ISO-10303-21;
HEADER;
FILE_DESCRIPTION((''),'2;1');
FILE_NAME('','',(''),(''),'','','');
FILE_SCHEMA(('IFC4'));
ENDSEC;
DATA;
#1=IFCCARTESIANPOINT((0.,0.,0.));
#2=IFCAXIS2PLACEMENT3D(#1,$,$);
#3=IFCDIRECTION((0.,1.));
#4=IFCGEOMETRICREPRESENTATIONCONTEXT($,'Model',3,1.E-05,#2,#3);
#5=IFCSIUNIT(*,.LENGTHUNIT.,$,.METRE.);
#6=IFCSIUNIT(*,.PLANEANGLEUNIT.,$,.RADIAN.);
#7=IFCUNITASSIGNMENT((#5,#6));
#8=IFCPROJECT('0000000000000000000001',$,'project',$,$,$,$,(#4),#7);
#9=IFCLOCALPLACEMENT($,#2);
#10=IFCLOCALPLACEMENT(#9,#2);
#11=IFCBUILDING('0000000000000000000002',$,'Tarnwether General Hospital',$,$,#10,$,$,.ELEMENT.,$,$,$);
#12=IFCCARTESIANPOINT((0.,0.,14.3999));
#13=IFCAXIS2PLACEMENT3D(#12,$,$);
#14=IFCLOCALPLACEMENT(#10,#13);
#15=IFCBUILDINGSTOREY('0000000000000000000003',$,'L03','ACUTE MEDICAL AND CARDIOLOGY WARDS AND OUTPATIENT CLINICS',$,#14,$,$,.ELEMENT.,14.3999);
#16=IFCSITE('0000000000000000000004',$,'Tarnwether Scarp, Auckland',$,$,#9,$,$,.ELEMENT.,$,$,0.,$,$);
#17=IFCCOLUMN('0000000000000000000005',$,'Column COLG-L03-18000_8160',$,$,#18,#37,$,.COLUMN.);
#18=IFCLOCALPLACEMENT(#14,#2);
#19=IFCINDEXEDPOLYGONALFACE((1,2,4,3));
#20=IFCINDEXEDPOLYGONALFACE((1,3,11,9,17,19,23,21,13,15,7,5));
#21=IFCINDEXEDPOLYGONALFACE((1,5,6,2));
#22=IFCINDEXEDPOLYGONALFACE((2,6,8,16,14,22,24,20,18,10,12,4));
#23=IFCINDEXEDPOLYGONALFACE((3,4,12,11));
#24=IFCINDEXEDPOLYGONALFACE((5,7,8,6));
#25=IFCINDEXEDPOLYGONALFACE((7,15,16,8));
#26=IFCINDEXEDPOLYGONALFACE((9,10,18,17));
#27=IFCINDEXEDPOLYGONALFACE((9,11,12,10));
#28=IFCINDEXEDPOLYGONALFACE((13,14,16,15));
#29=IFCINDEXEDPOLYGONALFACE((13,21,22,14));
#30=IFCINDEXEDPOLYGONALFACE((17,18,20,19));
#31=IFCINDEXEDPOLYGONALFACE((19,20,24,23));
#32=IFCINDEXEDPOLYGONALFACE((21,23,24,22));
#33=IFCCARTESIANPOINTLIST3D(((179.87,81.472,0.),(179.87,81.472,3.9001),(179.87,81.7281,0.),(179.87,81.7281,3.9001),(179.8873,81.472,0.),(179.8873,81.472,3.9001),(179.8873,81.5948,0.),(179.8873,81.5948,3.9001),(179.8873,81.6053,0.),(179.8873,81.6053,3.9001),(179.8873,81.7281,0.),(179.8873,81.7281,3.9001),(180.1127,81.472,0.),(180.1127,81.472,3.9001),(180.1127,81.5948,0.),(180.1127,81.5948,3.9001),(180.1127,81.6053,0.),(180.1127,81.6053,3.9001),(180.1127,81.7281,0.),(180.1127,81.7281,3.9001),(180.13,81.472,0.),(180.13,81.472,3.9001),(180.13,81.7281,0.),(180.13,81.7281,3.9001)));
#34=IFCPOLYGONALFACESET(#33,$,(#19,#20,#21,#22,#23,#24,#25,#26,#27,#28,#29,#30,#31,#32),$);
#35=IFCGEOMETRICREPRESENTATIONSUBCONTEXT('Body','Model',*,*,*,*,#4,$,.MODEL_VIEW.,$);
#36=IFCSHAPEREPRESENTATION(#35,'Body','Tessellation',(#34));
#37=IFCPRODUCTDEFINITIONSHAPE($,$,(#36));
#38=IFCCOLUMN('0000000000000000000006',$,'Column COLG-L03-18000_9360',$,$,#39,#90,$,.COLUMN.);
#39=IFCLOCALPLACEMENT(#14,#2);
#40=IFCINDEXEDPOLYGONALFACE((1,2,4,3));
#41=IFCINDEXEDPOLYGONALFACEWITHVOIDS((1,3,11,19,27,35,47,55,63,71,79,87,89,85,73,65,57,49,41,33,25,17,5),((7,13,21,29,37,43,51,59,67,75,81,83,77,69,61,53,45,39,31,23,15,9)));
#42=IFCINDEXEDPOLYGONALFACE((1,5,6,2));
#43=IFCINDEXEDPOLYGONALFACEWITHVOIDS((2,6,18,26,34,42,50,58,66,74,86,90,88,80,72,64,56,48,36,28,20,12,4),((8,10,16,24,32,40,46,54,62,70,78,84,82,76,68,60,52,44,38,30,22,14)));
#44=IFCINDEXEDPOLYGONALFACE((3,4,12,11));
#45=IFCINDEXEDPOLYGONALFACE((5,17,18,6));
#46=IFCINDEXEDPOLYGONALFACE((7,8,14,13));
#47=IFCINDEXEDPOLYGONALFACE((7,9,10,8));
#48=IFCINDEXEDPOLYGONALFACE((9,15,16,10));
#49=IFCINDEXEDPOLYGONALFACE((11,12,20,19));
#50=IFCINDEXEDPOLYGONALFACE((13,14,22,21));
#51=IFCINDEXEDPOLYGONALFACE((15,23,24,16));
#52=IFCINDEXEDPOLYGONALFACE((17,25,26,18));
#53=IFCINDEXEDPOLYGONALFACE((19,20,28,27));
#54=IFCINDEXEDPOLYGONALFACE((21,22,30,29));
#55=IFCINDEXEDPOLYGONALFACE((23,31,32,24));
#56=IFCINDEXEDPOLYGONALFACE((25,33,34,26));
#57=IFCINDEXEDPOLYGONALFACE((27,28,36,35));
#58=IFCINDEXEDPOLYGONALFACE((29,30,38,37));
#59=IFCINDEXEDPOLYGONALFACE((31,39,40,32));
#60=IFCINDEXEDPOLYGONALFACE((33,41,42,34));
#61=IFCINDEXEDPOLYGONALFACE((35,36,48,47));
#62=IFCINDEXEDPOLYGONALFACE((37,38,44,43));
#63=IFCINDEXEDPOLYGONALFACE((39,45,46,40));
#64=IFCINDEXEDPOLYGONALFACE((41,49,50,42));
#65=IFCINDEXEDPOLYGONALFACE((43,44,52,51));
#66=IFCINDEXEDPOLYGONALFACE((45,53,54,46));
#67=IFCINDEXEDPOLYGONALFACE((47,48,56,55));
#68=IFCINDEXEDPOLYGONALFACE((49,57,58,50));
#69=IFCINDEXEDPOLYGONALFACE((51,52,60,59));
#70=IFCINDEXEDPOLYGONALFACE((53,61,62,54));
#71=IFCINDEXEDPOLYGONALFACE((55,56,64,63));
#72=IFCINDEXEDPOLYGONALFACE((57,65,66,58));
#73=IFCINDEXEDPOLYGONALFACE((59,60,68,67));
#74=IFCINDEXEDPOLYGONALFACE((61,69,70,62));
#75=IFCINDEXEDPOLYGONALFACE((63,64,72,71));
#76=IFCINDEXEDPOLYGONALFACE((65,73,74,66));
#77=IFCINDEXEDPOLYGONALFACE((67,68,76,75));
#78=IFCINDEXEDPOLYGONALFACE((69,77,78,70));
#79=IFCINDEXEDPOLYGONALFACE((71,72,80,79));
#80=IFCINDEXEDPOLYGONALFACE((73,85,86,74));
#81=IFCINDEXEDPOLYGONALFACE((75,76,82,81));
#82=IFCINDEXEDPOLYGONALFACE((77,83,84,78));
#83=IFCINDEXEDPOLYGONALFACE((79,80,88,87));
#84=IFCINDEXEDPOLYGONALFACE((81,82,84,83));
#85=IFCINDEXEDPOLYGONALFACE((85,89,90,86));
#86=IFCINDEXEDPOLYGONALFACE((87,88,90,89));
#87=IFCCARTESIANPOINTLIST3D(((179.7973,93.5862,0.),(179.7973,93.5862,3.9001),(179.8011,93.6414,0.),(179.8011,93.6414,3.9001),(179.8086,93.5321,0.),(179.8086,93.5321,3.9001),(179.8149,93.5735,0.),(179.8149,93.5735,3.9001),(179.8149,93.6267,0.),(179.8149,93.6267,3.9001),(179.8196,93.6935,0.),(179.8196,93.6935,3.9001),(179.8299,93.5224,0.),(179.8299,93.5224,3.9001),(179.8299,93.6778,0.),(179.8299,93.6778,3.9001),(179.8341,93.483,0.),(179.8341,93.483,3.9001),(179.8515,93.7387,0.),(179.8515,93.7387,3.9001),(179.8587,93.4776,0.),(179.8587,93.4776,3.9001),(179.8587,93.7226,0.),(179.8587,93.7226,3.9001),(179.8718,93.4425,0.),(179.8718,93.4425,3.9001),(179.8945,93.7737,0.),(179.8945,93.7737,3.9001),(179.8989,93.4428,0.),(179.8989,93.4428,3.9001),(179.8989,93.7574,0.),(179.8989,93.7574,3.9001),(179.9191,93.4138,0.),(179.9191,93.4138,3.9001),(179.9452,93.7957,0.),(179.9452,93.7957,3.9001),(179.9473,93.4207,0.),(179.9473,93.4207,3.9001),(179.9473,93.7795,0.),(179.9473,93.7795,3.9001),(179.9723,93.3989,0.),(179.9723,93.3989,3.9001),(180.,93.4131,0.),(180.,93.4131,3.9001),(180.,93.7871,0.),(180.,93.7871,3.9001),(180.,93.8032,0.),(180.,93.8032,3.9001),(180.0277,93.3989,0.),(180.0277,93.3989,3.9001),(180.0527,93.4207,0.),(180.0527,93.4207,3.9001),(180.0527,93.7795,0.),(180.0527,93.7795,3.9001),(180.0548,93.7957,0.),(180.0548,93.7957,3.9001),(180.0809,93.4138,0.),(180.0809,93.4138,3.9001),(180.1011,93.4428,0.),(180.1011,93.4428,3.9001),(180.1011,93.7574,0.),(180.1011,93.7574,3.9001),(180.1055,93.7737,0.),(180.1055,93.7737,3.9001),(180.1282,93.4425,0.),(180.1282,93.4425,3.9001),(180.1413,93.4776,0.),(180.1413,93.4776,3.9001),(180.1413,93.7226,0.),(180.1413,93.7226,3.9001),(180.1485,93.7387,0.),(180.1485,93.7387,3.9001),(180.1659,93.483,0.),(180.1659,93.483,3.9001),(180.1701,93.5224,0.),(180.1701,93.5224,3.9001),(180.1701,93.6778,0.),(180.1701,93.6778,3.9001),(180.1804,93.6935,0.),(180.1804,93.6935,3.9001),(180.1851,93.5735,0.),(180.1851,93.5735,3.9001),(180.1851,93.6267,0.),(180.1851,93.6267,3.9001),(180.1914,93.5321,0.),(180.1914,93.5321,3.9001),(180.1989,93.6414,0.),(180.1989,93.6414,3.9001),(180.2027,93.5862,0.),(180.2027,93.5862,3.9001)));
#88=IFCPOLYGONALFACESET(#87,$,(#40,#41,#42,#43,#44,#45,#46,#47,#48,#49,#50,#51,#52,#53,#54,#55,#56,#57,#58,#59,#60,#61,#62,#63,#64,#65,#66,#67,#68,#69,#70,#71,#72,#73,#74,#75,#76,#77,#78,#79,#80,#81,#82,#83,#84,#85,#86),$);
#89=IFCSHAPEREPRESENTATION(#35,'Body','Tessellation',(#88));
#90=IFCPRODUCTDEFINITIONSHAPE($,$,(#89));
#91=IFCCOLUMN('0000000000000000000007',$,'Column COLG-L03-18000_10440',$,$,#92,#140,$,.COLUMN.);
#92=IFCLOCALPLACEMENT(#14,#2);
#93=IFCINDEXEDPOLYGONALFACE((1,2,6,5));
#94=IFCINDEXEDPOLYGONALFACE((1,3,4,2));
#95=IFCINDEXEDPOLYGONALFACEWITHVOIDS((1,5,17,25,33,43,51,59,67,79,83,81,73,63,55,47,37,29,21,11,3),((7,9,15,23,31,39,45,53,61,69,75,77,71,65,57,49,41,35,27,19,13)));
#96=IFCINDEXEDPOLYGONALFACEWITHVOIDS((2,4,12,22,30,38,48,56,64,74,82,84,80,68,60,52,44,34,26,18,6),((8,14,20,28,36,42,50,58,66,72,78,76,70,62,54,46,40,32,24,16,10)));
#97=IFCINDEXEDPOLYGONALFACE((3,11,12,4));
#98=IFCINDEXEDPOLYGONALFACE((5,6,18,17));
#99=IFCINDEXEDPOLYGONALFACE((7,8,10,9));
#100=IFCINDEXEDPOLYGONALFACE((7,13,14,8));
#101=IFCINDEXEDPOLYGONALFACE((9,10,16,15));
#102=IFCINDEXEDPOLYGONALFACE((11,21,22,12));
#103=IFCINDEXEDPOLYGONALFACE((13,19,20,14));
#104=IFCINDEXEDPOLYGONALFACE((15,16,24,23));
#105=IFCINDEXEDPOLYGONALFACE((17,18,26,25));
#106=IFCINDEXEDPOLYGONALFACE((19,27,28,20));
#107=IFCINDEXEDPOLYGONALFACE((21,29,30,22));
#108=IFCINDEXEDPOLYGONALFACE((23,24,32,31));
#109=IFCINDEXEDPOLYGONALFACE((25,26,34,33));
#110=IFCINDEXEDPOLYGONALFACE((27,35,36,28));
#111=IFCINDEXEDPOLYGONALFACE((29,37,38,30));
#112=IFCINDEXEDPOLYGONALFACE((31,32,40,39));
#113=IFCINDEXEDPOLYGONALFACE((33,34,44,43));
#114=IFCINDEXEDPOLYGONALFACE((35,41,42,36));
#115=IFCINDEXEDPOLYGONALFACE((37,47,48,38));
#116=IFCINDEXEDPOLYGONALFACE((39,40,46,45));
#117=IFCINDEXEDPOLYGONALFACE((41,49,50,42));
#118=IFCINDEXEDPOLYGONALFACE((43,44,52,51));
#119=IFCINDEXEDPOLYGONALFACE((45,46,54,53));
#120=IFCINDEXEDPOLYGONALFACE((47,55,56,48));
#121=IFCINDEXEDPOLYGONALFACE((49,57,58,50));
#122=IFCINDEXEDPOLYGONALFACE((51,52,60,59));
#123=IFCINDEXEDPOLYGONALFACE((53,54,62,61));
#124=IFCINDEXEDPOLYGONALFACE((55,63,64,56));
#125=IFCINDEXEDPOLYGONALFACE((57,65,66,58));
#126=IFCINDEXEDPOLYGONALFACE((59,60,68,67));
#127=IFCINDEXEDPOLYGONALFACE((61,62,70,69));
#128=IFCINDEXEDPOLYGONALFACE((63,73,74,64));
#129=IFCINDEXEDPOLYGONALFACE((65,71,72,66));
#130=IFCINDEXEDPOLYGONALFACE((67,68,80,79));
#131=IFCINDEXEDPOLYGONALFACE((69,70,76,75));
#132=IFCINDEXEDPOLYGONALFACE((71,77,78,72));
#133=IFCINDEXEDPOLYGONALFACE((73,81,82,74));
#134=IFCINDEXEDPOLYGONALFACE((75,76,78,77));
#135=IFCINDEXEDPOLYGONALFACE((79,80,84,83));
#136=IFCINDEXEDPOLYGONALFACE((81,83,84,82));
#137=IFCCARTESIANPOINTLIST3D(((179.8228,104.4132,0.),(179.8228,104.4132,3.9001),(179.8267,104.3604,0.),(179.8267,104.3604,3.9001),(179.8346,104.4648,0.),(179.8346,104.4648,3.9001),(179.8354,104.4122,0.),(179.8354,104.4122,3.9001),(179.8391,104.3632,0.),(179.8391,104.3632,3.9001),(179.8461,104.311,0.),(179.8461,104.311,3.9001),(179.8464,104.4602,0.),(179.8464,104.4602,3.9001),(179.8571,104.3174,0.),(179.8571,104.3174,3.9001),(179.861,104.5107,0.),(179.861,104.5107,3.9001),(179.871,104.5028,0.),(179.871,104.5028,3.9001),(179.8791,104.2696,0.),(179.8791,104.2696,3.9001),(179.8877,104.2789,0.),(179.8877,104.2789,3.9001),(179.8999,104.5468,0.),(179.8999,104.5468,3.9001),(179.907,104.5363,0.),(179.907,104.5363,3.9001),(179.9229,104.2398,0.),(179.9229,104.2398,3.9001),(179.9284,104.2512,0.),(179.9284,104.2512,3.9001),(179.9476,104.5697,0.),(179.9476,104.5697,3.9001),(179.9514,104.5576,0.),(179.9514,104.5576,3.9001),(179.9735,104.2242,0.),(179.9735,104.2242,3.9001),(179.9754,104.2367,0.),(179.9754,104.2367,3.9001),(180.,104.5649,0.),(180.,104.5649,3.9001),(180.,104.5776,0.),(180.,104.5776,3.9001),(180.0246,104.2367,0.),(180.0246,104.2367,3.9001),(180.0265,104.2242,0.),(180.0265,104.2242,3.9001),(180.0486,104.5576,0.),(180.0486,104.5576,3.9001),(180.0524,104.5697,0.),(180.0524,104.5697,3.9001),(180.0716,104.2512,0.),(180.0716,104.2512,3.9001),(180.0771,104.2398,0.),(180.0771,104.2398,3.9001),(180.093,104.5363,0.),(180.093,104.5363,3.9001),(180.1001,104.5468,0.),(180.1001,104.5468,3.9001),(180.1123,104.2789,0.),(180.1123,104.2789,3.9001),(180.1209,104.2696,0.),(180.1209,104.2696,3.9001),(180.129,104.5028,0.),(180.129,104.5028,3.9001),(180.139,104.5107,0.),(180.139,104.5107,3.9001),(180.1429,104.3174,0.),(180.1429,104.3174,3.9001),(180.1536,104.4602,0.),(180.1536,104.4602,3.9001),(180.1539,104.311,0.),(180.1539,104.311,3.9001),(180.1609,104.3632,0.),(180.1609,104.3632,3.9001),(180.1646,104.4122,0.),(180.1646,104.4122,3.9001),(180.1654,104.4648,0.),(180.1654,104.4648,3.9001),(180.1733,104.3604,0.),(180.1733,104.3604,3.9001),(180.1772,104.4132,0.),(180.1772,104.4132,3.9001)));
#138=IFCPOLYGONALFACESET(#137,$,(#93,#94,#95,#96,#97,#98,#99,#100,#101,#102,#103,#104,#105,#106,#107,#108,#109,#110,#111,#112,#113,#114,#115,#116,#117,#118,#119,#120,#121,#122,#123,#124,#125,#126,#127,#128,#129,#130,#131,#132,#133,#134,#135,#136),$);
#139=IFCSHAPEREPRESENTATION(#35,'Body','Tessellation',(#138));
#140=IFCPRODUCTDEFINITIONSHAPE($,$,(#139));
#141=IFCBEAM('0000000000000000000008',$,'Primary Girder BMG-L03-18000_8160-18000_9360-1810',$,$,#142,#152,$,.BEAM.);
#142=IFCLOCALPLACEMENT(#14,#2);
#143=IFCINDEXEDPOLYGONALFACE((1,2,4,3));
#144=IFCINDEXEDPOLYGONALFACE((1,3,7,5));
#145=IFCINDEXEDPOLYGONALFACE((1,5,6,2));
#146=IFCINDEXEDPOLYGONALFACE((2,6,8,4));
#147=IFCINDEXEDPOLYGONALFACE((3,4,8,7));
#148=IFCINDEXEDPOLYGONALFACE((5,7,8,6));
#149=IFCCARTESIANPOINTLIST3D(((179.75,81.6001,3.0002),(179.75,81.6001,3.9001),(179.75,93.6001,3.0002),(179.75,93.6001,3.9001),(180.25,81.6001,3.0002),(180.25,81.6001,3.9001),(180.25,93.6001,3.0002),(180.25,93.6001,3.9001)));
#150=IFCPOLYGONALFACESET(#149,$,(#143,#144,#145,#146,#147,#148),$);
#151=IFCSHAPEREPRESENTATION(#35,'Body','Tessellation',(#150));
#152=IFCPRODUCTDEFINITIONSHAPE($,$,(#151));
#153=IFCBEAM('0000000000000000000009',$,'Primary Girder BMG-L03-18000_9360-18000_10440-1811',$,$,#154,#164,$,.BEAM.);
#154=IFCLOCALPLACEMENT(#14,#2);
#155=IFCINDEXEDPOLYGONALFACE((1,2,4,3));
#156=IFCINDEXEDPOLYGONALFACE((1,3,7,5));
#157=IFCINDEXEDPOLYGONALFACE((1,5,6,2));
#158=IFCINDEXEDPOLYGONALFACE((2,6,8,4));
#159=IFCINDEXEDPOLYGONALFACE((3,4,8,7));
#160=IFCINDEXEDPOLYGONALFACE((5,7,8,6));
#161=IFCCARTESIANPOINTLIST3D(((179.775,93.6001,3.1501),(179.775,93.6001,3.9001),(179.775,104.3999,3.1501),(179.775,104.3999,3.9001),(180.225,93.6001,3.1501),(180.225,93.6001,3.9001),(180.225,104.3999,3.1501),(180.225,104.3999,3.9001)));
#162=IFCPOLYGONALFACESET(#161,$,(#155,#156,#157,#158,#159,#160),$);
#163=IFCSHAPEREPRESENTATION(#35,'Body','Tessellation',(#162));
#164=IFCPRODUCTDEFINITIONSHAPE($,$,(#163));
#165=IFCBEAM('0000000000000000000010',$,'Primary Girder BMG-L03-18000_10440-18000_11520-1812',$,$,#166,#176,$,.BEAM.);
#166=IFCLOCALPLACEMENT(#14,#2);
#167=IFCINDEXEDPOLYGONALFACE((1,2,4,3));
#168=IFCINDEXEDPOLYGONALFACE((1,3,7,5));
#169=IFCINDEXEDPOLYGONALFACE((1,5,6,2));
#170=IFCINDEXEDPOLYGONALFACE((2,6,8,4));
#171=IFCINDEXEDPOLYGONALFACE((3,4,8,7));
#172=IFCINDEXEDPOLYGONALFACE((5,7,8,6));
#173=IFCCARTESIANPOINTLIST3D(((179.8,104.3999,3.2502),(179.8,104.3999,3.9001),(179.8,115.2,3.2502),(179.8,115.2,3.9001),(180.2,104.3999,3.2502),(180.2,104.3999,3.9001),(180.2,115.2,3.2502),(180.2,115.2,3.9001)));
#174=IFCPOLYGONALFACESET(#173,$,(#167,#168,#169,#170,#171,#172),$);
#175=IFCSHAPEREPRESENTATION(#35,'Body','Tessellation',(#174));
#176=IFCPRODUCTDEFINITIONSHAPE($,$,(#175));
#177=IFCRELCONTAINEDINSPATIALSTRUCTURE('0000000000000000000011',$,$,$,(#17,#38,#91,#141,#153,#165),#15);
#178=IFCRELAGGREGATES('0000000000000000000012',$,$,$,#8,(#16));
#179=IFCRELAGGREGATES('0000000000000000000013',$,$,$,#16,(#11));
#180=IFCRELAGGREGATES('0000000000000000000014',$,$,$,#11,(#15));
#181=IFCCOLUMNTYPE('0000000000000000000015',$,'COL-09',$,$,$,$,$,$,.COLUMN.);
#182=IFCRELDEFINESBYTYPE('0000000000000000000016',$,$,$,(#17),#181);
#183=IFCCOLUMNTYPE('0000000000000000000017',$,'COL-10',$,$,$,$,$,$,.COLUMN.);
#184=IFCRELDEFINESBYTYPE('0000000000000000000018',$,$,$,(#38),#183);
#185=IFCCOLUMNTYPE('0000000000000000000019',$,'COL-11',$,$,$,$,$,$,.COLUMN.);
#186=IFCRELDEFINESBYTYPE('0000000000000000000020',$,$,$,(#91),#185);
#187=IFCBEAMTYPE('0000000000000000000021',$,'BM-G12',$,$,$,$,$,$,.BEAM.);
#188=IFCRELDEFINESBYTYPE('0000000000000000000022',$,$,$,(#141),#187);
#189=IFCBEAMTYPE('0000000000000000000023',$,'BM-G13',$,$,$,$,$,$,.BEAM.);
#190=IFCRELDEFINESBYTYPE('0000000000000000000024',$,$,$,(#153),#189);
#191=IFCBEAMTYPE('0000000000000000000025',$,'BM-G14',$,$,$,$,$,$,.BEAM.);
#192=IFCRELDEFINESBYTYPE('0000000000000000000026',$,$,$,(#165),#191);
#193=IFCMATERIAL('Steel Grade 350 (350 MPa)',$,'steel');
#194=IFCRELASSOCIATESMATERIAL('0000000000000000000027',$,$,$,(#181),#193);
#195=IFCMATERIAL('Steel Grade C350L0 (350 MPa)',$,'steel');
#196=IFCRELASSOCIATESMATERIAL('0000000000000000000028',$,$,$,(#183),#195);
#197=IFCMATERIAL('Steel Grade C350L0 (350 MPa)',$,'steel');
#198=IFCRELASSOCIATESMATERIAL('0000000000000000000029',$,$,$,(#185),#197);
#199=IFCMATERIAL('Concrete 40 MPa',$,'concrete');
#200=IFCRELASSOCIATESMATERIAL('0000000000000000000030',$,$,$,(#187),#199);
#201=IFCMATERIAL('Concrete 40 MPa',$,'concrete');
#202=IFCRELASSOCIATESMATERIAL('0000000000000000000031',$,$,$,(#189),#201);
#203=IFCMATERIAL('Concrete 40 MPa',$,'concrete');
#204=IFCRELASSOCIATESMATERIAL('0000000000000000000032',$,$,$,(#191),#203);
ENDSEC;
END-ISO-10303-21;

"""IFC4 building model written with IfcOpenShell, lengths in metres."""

from ifc_helpers import new_model, si_unit, direction, frame, origin, origin_2d, place, context, subcontext, project, spatial, rectangle, hollow_circle, i_section, extrude, material, material_profile, profile_set, type_object, element, save


model = new_model("IFC4")

# Units and contexts
model_context = context("Model", 3, precision=1e-05, world=origin(), true_north=direction((0.0, 1.0)))
body_context = subcontext(model_context, "Body", "Model", "MODEL_VIEW")
ifc_project = project(units=[si_unit("LENGTHUNIT", "METRE"), si_unit("PLANEANGLEUNIT", "RADIAN")], contexts=[model_context])

# Site, building, storey
site_placement = place(None, origin())
site = spatial("IfcSite", under=ifc_project, at=site_placement, Name="Tarnwether Scarp, Auckland", CompositionType="ELEMENT", RefElevation=0.0)
building_placement = place(site_placement, origin())
building = spatial("IfcBuilding", under=site, at=building_placement, Name="Tarnwether General Hospital", CompositionType="ELEMENT")
storey_placement = place(building_placement, frame((0.0, 0.0, 14.3999)))
storey = spatial("IfcBuildingStorey", under=building, at=storey_placement, Name="L03", Description="ACUTE MEDICAL AND CARDIOLOGY WARDS AND OUTPATIENT CLINICS", CompositionType="ELEMENT", Elevation=14.3999)

# Columns
ifc_material_1 = material(Name="Steel Grade 350 (350 MPa)", Category="steel")
ifc_material_profile_1 = material_profile(ifc_material_1, i_section(OverallWidth=0.2561, OverallDepth=0.26, WebThickness=0.0105, FlangeThickness=0.0173, at=origin_2d()), Name="250UC89.5")
ifc_profile_set_1 = profile_set([ifc_material_profile_1], Name="Steel Grade 350 (350 MPa)")
column_type_1 = type_object("IfcColumnType", Name="COL-09", PredefinedType="COLUMN", material=ifc_profile_set_1)
column_1_placement = place(storey_placement, frame((180.0, 81.6001, 0.0), z_axis=(0.0, 0.0, 1.0), x_axis=(0.0, 1.0, 0.0)))
element("IfcColumn", 1, at=column_1_placement, inside=storey, type_object=column_type_1, Name="Column COLG-L03-18000_8160", PredefinedType="COLUMN", context=body_context, shape_type="SweptSolid", body=[
    extrude(i_section(OverallWidth=0.2561, OverallDepth=0.26, WebThickness=0.0105, FlangeThickness=0.0173, at=origin_2d()), origin(), (0.0, 0.0, 1.0), 3.9001),
])
ifc_material_2 = material(Name="Steel Grade C350L0 (350 MPa)", Category="steel")
ifc_material_profile_2 = material_profile(ifc_material_2, hollow_circle(Radius=0.2031, WallThickness=0.0161, at=origin_2d()), Name="CHS406.4x16.0")
ifc_profile_set_2 = profile_set([ifc_material_profile_2], Name="Steel Grade C350L0 (350 MPa)")
column_type_2 = type_object("IfcColumnType", Name="COL-10", PredefinedType="COLUMN", material=ifc_profile_set_2)
column_2_placement = place(storey_placement, frame((180.0, 93.6001, 0.0), z_axis=(0.0, 0.0, 1.0), x_axis=(0.0, 1.0, 0.0)))
element("IfcColumn", 2, at=column_2_placement, inside=storey, type_object=column_type_2, Name="Column COLG-L03-18000_9360", PredefinedType="COLUMN", context=body_context, shape_type="SweptSolid", body=[
    extrude(hollow_circle(Radius=0.2031, WallThickness=0.0161, at=origin_2d()), origin(), (0.0, 0.0, 1.0), 3.9001),
])
ifc_material_3 = material(Name="Steel Grade C350L0 (350 MPa)", Category="steel")
ifc_material_profile_3 = material_profile(ifc_material_3, hollow_circle(Radius=0.1777, WallThickness=0.0127, at=origin_2d()), Name="CHS355.6x12.7")
ifc_profile_set_3 = profile_set([ifc_material_profile_3], Name="Steel Grade C350L0 (350 MPa)")
column_type_3 = type_object("IfcColumnType", Name="COL-11", PredefinedType="COLUMN", material=ifc_profile_set_3)
column_3_placement = place(storey_placement, frame((180.0, 104.3999, 0.0), z_axis=(0.0, 0.0, 1.0), x_axis=(0.0, 1.0, 0.0)))
element("IfcColumn", 3, at=column_3_placement, inside=storey, type_object=column_type_3, Name="Column COLG-L03-18000_10440", PredefinedType="COLUMN", context=body_context, shape_type="SweptSolid", body=[
    extrude(hollow_circle(Radius=0.1777, WallThickness=0.0127, at=origin_2d()), origin(), (0.0, 0.0, 1.0), 3.9001),
])

# Beams
ifc_material_4 = material(Name="Concrete 40 MPa", Category="concrete")
ifc_material_profile_4 = material_profile(ifc_material_4, rectangle(XDim=0.5, YDim=0.8999, at=origin_2d()), Name="RC-BM-500x900")
ifc_profile_set_4 = profile_set([ifc_material_profile_4], Name="Concrete 40 MPa")
beam_type_1 = type_object("IfcBeamType", Name="BM-G12", PredefinedType="BEAM", material=ifc_profile_set_4)
beam_1_placement = place(storey_placement, frame((180.0, 81.6001, 3.4502), z_axis=(0.0, 1.0, 0.0), x_axis=(-1.0, 0.0, 0.0)))
element("IfcBeam", 4, at=beam_1_placement, inside=storey, type_object=beam_type_1, Name="Primary Girder BMG-L03-18000_8160-18000_9360-1810", PredefinedType="BEAM", context=body_context, shape_type="SweptSolid", body=[
    extrude(rectangle(XDim=0.5, YDim=0.8999, at=origin_2d()), origin(), (0.0, 0.0, 1.0), 12.0),
])
ifc_material_5 = material(Name="Concrete 40 MPa", Category="concrete")
ifc_material_profile_5 = material_profile(ifc_material_5, rectangle(XDim=0.45, YDim=0.75, at=origin_2d()), Name="RC-BM-450x750")
ifc_profile_set_5 = profile_set([ifc_material_profile_5], Name="Concrete 40 MPa")
beam_type_2 = type_object("IfcBeamType", Name="BM-G13", PredefinedType="BEAM", material=ifc_profile_set_5)
beam_2_placement = place(storey_placement, frame((180.0, 93.6001, 3.5251), z_axis=(0.0, 1.0, 0.0), x_axis=(-1.0, 0.0, 0.0)))
element("IfcBeam", 5, at=beam_2_placement, inside=storey, type_object=beam_type_2, Name="Primary Girder BMG-L03-18000_9360-18000_10440-1811", PredefinedType="BEAM", context=body_context, shape_type="SweptSolid", body=[
    extrude(rectangle(XDim=0.45, YDim=0.75, at=origin_2d()), origin(), (0.0, 0.0, 1.0), 10.7998),
])
ifc_material_6 = material(Name="Concrete 40 MPa", Category="concrete")
ifc_material_profile_6 = material_profile(ifc_material_6, rectangle(XDim=0.3999, YDim=0.6499, at=origin_2d()), Name="RC-BM-400x650")
ifc_profile_set_6 = profile_set([ifc_material_profile_6], Name="Concrete 40 MPa")
beam_type_3 = type_object("IfcBeamType", Name="BM-G14", PredefinedType="BEAM", material=ifc_profile_set_6)
beam_3_placement = place(storey_placement, frame((180.0, 104.3999, 3.5752), z_axis=(0.0, 1.0, 0.0), x_axis=(-1.0, 0.0, 0.0)))
element("IfcBeam", 6, at=beam_3_placement, inside=storey, type_object=beam_type_3, Name="Primary Girder BMG-L03-18000_10440-18000_11520-1812", PredefinedType="BEAM", context=body_context, shape_type="SweptSolid", body=[
    extrude(rectangle(XDim=0.3999, YDim=0.6499, at=origin_2d()), origin(), (0.0, 0.0, 1.0), 10.8),
])

save(model, "model.ifc")
